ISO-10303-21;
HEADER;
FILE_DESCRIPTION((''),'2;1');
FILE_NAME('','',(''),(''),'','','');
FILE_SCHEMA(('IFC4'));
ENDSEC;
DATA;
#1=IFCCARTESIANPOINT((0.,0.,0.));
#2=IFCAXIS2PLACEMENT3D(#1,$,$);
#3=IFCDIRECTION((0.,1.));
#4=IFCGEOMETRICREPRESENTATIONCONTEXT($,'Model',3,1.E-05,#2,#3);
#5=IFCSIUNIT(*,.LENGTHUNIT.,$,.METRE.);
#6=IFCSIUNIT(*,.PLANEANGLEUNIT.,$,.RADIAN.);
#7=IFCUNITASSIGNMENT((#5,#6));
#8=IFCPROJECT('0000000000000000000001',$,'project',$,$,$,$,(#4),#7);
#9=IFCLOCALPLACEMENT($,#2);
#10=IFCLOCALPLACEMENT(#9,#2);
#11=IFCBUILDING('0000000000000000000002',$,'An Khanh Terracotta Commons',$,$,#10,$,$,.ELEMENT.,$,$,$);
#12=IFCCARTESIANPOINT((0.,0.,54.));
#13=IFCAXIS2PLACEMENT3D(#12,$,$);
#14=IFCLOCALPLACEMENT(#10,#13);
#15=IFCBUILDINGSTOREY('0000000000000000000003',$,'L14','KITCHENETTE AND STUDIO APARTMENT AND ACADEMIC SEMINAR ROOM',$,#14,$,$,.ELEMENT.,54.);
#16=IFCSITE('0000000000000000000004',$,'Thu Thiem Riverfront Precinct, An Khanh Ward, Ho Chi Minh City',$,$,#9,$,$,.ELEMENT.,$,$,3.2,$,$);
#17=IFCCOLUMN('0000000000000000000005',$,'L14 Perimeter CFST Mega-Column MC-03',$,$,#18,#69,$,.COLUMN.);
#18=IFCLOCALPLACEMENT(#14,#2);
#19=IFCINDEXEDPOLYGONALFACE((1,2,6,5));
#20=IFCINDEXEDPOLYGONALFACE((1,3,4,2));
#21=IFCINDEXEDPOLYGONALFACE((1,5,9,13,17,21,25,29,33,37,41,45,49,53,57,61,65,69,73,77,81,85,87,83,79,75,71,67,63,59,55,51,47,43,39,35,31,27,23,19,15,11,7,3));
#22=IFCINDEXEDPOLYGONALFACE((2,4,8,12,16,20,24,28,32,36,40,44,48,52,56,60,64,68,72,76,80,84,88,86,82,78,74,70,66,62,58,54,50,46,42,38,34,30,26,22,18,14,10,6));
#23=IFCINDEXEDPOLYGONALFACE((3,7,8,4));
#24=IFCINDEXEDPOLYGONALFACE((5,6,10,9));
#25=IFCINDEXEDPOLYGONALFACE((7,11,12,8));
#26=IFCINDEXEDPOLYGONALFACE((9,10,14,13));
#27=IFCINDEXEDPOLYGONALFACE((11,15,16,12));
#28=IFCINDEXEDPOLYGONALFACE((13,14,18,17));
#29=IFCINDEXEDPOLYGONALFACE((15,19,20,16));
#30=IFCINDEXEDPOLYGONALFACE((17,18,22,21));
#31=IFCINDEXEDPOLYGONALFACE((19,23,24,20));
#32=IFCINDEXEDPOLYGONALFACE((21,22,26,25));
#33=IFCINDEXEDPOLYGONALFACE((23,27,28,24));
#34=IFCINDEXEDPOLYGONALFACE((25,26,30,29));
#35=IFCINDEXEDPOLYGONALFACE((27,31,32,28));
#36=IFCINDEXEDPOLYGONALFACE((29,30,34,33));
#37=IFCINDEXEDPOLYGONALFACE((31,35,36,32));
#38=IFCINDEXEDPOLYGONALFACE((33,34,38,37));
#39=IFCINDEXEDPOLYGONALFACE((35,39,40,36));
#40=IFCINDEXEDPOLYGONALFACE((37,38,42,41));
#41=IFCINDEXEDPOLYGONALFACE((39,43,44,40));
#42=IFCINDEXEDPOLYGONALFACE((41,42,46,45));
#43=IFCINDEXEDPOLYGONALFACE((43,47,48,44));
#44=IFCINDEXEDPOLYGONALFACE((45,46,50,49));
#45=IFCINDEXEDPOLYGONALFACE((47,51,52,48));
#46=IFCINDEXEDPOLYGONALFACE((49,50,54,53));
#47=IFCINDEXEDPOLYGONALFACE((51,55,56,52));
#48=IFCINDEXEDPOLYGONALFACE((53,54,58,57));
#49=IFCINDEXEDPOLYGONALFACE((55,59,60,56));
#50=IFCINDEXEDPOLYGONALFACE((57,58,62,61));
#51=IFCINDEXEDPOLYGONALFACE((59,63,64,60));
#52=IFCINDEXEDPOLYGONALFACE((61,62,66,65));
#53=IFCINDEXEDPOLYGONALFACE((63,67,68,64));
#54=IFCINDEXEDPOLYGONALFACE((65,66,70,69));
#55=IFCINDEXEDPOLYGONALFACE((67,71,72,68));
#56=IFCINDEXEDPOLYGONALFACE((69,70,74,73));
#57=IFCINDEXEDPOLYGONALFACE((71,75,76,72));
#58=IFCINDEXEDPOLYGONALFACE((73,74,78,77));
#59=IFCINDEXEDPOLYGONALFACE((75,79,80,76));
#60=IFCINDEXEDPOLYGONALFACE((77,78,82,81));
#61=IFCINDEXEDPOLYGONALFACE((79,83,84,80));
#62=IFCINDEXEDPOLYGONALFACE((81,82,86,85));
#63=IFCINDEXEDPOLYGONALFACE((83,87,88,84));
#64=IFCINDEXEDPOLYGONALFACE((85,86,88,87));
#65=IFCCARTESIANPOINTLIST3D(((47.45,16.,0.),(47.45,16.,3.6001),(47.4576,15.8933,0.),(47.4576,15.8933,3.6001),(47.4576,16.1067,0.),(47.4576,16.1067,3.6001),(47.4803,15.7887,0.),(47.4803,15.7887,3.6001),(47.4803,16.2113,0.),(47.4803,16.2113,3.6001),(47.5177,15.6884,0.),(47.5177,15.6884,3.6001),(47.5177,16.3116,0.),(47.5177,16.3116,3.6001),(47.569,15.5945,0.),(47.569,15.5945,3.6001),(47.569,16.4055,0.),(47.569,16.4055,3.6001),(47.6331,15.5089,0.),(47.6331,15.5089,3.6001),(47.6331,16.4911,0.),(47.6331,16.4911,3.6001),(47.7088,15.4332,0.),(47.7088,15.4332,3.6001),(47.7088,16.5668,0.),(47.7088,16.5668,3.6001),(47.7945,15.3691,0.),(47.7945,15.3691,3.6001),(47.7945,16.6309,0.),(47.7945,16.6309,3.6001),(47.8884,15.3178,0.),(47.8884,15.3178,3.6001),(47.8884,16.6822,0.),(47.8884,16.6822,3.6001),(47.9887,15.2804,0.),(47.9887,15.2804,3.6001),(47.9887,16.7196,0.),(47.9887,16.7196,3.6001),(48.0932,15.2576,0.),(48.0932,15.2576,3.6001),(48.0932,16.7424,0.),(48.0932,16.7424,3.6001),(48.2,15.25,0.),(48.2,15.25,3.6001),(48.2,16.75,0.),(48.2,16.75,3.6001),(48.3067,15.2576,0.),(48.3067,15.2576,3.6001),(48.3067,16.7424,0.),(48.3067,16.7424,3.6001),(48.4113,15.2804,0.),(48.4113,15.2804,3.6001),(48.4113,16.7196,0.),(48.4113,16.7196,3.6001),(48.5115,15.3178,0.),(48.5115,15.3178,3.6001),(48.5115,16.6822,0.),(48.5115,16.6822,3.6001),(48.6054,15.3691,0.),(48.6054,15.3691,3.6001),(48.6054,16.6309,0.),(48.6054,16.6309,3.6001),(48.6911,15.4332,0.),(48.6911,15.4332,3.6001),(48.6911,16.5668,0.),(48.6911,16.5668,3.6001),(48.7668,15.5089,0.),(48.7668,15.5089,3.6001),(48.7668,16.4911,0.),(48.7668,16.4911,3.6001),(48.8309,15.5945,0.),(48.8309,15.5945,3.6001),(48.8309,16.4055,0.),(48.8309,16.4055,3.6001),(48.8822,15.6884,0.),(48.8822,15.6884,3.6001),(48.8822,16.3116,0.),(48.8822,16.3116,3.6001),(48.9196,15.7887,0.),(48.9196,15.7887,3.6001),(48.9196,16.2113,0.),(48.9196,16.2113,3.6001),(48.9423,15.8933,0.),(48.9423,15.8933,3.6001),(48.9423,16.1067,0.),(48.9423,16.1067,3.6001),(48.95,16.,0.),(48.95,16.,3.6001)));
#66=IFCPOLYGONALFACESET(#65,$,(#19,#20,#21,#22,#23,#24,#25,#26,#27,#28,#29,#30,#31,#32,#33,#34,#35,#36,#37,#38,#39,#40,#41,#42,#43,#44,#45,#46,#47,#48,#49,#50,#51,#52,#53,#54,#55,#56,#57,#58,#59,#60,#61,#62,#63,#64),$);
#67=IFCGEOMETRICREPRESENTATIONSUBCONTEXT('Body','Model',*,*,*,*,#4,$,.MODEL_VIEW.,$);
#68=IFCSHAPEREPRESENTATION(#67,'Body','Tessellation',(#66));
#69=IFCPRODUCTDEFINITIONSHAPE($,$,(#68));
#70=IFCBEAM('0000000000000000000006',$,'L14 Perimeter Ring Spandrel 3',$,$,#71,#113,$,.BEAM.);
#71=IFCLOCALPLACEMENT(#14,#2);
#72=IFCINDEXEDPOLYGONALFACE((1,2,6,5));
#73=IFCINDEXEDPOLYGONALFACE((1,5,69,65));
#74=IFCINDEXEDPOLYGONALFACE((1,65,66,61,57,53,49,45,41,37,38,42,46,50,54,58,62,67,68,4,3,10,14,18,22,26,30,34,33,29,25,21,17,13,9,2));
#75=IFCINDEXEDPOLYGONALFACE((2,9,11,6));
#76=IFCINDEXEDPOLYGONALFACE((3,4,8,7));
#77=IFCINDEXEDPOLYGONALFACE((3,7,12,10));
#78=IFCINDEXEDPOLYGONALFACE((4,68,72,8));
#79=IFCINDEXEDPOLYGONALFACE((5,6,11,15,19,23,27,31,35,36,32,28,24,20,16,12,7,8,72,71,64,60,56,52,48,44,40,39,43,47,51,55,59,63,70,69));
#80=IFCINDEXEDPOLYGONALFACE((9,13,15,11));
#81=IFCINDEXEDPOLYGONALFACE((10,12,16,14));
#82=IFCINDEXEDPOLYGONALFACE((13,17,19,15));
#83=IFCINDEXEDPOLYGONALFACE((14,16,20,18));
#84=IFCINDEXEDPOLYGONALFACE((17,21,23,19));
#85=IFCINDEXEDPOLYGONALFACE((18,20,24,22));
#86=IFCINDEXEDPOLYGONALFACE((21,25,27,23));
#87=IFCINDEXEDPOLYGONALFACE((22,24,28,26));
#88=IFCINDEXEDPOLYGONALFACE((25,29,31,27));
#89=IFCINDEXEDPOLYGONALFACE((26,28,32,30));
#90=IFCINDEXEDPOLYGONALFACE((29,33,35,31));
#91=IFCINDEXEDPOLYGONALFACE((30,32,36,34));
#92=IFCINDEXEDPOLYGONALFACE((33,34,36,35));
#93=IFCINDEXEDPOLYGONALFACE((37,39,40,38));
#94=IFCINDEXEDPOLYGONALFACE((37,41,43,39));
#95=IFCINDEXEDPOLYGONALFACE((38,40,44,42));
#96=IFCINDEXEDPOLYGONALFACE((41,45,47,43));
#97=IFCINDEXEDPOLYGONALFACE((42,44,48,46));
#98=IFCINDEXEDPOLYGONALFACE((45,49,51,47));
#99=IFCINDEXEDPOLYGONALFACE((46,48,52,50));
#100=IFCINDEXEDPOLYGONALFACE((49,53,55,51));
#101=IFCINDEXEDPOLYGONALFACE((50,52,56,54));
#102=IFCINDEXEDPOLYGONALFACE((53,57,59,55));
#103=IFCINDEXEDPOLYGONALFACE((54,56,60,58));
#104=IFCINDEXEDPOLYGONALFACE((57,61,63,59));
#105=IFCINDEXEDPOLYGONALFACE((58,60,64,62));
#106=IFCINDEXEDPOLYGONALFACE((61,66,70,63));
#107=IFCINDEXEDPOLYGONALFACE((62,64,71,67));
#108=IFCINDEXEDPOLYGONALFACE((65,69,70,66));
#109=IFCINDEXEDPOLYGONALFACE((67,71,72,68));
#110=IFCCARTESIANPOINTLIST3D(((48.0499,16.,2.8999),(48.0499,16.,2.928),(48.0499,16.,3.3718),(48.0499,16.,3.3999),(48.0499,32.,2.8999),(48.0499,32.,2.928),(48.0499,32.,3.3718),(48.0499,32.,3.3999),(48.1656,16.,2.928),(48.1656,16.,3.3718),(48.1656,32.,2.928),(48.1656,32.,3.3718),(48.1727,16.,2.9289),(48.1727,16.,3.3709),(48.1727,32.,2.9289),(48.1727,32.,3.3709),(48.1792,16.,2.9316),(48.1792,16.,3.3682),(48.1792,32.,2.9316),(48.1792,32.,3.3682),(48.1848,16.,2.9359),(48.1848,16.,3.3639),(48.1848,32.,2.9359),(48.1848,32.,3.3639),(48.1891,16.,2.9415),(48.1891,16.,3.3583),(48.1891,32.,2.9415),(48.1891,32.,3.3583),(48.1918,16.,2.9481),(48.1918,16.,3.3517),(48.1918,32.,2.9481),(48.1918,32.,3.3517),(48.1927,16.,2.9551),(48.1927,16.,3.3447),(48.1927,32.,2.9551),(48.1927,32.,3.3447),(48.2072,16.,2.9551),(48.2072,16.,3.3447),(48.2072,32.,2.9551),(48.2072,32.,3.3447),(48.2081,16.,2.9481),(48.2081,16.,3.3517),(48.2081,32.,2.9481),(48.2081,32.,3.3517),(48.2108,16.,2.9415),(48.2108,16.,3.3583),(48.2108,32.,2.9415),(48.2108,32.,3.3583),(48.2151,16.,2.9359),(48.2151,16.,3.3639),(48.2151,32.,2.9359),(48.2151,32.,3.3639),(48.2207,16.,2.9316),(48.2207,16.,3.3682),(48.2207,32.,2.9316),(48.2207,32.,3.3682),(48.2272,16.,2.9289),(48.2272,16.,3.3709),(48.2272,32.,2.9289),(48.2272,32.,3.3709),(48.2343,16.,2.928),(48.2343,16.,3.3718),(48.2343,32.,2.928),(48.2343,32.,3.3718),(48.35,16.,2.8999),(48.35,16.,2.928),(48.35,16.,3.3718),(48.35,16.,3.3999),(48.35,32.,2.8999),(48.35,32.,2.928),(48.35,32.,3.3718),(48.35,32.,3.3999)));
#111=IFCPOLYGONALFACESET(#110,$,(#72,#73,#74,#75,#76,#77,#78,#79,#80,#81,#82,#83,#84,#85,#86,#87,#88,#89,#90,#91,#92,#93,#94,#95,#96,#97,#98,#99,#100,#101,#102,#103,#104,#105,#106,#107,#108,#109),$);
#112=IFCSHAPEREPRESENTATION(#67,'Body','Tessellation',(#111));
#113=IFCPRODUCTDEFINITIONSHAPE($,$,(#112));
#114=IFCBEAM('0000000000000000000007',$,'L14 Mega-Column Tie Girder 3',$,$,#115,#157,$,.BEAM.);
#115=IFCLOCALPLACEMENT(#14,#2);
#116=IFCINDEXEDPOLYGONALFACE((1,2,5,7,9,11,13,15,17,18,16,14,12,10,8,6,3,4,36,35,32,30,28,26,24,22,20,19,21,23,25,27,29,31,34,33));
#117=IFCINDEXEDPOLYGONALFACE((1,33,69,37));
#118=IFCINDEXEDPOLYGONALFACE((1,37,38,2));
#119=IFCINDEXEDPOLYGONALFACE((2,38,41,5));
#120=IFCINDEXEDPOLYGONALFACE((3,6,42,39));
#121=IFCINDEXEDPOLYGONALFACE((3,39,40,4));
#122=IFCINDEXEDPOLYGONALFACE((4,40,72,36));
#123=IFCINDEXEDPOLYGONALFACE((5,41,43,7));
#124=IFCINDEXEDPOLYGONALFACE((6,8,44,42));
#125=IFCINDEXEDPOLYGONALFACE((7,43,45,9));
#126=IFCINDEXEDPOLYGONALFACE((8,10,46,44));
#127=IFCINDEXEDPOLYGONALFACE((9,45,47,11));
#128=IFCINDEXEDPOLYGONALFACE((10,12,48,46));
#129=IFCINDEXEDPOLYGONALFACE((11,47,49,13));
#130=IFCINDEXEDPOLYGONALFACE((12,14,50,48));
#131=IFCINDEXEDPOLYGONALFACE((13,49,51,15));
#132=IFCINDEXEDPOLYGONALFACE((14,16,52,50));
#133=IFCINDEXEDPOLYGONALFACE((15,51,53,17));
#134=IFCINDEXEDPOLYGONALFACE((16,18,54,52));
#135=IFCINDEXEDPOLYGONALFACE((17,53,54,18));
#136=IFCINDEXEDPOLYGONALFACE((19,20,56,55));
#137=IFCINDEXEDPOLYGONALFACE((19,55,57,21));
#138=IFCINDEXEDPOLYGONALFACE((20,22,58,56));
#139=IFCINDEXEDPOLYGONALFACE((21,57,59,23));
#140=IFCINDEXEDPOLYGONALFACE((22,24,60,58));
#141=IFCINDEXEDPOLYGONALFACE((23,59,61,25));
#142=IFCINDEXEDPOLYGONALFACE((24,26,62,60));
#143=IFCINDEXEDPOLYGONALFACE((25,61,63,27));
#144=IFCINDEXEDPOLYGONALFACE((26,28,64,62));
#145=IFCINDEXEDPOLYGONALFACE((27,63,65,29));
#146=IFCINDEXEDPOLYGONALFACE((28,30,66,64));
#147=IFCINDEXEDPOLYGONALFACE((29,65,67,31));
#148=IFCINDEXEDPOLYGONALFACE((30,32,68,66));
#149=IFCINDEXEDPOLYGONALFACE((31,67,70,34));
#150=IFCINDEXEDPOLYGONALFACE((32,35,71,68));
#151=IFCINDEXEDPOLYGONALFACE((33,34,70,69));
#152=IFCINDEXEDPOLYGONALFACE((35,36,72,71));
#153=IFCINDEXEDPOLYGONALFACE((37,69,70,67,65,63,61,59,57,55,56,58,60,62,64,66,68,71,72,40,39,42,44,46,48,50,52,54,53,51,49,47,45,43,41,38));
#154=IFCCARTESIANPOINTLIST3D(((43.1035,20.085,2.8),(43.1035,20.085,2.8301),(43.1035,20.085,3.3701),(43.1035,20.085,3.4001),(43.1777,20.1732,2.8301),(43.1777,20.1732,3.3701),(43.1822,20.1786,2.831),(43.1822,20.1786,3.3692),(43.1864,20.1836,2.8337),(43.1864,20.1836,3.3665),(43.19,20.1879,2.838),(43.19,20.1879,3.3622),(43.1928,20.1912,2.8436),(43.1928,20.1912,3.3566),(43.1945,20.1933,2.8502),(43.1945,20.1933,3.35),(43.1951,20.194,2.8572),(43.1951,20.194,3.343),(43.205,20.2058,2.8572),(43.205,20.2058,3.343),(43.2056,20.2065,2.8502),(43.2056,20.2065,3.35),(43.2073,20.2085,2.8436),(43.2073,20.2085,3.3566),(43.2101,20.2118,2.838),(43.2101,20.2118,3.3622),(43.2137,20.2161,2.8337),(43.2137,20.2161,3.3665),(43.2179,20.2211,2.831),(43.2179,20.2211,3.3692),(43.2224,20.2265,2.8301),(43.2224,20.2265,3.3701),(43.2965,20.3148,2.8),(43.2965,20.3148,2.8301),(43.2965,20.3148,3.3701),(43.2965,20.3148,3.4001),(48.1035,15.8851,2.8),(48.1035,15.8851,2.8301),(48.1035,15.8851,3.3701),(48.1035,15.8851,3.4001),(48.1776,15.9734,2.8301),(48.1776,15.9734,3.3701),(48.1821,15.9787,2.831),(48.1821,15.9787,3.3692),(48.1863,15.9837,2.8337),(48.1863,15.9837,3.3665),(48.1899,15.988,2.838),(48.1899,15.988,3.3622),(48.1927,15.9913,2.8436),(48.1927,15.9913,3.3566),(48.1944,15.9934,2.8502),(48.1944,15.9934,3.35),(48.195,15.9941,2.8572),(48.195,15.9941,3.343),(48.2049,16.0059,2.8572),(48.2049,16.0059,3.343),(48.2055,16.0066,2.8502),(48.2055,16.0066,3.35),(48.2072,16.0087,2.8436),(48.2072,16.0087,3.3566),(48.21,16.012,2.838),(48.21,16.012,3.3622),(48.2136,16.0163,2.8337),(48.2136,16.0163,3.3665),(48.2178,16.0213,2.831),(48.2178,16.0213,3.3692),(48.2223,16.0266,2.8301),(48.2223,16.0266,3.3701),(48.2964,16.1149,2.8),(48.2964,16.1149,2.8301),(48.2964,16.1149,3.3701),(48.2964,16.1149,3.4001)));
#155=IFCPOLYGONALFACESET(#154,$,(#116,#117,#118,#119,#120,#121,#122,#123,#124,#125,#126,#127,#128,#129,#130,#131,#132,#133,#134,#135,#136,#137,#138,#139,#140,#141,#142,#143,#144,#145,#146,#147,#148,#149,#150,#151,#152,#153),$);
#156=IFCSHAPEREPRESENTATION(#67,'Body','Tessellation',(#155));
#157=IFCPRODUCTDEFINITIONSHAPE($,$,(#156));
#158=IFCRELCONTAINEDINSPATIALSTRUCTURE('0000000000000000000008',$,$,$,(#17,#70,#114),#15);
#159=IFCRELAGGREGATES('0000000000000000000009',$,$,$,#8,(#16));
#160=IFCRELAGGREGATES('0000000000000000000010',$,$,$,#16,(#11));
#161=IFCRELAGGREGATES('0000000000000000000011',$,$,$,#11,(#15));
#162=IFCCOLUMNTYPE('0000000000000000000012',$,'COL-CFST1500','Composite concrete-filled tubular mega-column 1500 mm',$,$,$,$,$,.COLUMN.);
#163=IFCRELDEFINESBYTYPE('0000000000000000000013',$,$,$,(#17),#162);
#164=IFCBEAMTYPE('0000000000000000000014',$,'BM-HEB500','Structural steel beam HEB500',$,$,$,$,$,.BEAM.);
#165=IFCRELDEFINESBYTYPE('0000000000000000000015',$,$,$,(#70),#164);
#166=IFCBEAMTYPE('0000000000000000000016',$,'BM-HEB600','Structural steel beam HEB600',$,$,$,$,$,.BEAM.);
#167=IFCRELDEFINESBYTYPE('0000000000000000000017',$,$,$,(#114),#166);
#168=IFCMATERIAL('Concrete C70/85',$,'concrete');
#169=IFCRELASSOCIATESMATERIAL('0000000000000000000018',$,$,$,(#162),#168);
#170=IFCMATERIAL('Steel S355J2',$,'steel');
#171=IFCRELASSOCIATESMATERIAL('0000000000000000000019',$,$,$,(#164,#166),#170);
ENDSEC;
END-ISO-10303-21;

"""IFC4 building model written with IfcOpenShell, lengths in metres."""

from ifc_helpers import new_model, si_unit, direction, frame, origin, origin_2d, place, context, subcontext, project, spatial, circle, i_section, extrude, material, material_profile, profile_set, type_object, element, save


model = new_model("IFC4")

# Units and contexts
model_context = context("Model", 3, precision=1e-05, world=origin(), true_north=direction((0.0, 1.0)))
body_context = subcontext(model_context, "Body", "Model", "MODEL_VIEW")
ifc_project = project(units=[si_unit("LENGTHUNIT", "METRE"), si_unit("PLANEANGLEUNIT", "RADIAN")], contexts=[model_context])

# Site, building, storey
site_placement = place(None, origin())
site = spatial("IfcSite", under=ifc_project, at=site_placement, Name="Thu Thiem Riverfront Precinct, An Khanh Ward, Ho Chi Minh City", CompositionType="ELEMENT", RefElevation=3.2)
building_placement = place(site_placement, origin())
building = spatial("IfcBuilding", under=site, at=building_placement, Name="An Khanh Terracotta Commons", CompositionType="ELEMENT")
storey_placement = place(building_placement, frame((0.0, 0.0, 54.0)))
storey = spatial("IfcBuildingStorey", under=building, at=storey_placement, Name="L14", Description="KITCHENETTE AND STUDIO APARTMENT AND ACADEMIC SEMINAR ROOM", CompositionType="ELEMENT", Elevation=54.0)

# Column
ifc_material_1 = material(Name="Concrete C70/85", Category="concrete")
ifc_material_profile_1 = material_profile(ifc_material_1, circle(Radius=0.75, at=origin_2d()), Name="CFST1500")
ifc_profile_set_1 = profile_set([ifc_material_profile_1], Name="Concrete C70/85")
column_type = type_object("IfcColumnType", Name="COL-CFST1500", Description="Composite concrete-filled tubular mega-column 1500 mm", PredefinedType="COLUMN", material=ifc_profile_set_1)
column_placement = place(storey_placement, frame((48.2, 16.0, 0.0), z_axis=(0.0, 0.0, 1.0), x_axis=(1.0, 0.0, 0.0)))
element("IfcColumn", 1, at=column_placement, inside=storey, type_object=column_type, Name="L14 Perimeter CFST Mega-Column MC-03", PredefinedType="COLUMN", context=body_context, shape_type="SweptSolid", body=[
    extrude(circle(Radius=0.75, at=origin_2d()), origin(), (0.0, 0.0, 1.0), 3.6001),
])

# Beams
ifc_material_2 = material(Name="Steel S355J2", Category="steel")
ifc_material_profile_2 = material_profile(ifc_material_2, i_section(OverallWidth=0.3, OverallDepth=0.5, WebThickness=0.0144, FlangeThickness=0.0281, FilletRadius=0.0271, at=origin_2d()), Name="HEB500")
ifc_profile_set_2 = profile_set([ifc_material_profile_2], Name="Steel S355J2")
beam_type_1 = type_object("IfcBeamType", Name="BM-HEB500", Description="Structural steel beam HEB500", PredefinedType="BEAM", material=ifc_profile_set_2)
beam_1_placement = place(storey_placement, frame((48.2, 16.0, 3.1499), z_axis=(0.0, 1.0, 0.0), x_axis=(-1.0, 0.0, 0.0)))
element("IfcBeam", 2, at=beam_1_placement, inside=storey, type_object=beam_type_1, Name="L14 Perimeter Ring Spandrel 3", PredefinedType="BEAM", context=body_context, shape_type="SweptSolid", body=[
    extrude(i_section(OverallWidth=0.3, OverallDepth=0.5, WebThickness=0.0144, FlangeThickness=0.0281, FilletRadius=0.0271, at=origin_2d()), origin(), (0.0, 0.0, 1.0), 16.0),
])
ifc_material_profile_3 = material_profile(ifc_material_2, i_section(OverallWidth=0.3, OverallDepth=0.6001, WebThickness=0.0154, FlangeThickness=0.03, FilletRadius=0.0271, at=origin_2d()), Name="HEB600")
ifc_profile_set_3 = profile_set([ifc_material_profile_3], Name="Steel S355J2")
beam_type_2 = type_object("IfcBeamType", Name="BM-HEB600", Description="Structural steel beam HEB600", PredefinedType="BEAM", material=ifc_profile_set_3)
beam_2_placement = place(storey_placement, frame((48.2, 16.0, 3.1001), z_axis=(-0.765709, 0.643188, 0.0), x_axis=(-0.643188, -0.765709, 0.0)))
element("IfcBeam", 3, at=beam_2_placement, inside=storey, type_object=beam_type_2, Name="L14 Mega-Column Tie Girder 3", PredefinedType="BEAM", context=body_context, shape_type="SweptSolid", body=[
    extrude(i_section(OverallWidth=0.3, OverallDepth=0.6001, WebThickness=0.0154, FlangeThickness=0.03, FilletRadius=0.0271, at=origin_2d()), origin(), (0.0, 0.0, 1.0), 6.5298),
])

save(model, "model.ifc")
